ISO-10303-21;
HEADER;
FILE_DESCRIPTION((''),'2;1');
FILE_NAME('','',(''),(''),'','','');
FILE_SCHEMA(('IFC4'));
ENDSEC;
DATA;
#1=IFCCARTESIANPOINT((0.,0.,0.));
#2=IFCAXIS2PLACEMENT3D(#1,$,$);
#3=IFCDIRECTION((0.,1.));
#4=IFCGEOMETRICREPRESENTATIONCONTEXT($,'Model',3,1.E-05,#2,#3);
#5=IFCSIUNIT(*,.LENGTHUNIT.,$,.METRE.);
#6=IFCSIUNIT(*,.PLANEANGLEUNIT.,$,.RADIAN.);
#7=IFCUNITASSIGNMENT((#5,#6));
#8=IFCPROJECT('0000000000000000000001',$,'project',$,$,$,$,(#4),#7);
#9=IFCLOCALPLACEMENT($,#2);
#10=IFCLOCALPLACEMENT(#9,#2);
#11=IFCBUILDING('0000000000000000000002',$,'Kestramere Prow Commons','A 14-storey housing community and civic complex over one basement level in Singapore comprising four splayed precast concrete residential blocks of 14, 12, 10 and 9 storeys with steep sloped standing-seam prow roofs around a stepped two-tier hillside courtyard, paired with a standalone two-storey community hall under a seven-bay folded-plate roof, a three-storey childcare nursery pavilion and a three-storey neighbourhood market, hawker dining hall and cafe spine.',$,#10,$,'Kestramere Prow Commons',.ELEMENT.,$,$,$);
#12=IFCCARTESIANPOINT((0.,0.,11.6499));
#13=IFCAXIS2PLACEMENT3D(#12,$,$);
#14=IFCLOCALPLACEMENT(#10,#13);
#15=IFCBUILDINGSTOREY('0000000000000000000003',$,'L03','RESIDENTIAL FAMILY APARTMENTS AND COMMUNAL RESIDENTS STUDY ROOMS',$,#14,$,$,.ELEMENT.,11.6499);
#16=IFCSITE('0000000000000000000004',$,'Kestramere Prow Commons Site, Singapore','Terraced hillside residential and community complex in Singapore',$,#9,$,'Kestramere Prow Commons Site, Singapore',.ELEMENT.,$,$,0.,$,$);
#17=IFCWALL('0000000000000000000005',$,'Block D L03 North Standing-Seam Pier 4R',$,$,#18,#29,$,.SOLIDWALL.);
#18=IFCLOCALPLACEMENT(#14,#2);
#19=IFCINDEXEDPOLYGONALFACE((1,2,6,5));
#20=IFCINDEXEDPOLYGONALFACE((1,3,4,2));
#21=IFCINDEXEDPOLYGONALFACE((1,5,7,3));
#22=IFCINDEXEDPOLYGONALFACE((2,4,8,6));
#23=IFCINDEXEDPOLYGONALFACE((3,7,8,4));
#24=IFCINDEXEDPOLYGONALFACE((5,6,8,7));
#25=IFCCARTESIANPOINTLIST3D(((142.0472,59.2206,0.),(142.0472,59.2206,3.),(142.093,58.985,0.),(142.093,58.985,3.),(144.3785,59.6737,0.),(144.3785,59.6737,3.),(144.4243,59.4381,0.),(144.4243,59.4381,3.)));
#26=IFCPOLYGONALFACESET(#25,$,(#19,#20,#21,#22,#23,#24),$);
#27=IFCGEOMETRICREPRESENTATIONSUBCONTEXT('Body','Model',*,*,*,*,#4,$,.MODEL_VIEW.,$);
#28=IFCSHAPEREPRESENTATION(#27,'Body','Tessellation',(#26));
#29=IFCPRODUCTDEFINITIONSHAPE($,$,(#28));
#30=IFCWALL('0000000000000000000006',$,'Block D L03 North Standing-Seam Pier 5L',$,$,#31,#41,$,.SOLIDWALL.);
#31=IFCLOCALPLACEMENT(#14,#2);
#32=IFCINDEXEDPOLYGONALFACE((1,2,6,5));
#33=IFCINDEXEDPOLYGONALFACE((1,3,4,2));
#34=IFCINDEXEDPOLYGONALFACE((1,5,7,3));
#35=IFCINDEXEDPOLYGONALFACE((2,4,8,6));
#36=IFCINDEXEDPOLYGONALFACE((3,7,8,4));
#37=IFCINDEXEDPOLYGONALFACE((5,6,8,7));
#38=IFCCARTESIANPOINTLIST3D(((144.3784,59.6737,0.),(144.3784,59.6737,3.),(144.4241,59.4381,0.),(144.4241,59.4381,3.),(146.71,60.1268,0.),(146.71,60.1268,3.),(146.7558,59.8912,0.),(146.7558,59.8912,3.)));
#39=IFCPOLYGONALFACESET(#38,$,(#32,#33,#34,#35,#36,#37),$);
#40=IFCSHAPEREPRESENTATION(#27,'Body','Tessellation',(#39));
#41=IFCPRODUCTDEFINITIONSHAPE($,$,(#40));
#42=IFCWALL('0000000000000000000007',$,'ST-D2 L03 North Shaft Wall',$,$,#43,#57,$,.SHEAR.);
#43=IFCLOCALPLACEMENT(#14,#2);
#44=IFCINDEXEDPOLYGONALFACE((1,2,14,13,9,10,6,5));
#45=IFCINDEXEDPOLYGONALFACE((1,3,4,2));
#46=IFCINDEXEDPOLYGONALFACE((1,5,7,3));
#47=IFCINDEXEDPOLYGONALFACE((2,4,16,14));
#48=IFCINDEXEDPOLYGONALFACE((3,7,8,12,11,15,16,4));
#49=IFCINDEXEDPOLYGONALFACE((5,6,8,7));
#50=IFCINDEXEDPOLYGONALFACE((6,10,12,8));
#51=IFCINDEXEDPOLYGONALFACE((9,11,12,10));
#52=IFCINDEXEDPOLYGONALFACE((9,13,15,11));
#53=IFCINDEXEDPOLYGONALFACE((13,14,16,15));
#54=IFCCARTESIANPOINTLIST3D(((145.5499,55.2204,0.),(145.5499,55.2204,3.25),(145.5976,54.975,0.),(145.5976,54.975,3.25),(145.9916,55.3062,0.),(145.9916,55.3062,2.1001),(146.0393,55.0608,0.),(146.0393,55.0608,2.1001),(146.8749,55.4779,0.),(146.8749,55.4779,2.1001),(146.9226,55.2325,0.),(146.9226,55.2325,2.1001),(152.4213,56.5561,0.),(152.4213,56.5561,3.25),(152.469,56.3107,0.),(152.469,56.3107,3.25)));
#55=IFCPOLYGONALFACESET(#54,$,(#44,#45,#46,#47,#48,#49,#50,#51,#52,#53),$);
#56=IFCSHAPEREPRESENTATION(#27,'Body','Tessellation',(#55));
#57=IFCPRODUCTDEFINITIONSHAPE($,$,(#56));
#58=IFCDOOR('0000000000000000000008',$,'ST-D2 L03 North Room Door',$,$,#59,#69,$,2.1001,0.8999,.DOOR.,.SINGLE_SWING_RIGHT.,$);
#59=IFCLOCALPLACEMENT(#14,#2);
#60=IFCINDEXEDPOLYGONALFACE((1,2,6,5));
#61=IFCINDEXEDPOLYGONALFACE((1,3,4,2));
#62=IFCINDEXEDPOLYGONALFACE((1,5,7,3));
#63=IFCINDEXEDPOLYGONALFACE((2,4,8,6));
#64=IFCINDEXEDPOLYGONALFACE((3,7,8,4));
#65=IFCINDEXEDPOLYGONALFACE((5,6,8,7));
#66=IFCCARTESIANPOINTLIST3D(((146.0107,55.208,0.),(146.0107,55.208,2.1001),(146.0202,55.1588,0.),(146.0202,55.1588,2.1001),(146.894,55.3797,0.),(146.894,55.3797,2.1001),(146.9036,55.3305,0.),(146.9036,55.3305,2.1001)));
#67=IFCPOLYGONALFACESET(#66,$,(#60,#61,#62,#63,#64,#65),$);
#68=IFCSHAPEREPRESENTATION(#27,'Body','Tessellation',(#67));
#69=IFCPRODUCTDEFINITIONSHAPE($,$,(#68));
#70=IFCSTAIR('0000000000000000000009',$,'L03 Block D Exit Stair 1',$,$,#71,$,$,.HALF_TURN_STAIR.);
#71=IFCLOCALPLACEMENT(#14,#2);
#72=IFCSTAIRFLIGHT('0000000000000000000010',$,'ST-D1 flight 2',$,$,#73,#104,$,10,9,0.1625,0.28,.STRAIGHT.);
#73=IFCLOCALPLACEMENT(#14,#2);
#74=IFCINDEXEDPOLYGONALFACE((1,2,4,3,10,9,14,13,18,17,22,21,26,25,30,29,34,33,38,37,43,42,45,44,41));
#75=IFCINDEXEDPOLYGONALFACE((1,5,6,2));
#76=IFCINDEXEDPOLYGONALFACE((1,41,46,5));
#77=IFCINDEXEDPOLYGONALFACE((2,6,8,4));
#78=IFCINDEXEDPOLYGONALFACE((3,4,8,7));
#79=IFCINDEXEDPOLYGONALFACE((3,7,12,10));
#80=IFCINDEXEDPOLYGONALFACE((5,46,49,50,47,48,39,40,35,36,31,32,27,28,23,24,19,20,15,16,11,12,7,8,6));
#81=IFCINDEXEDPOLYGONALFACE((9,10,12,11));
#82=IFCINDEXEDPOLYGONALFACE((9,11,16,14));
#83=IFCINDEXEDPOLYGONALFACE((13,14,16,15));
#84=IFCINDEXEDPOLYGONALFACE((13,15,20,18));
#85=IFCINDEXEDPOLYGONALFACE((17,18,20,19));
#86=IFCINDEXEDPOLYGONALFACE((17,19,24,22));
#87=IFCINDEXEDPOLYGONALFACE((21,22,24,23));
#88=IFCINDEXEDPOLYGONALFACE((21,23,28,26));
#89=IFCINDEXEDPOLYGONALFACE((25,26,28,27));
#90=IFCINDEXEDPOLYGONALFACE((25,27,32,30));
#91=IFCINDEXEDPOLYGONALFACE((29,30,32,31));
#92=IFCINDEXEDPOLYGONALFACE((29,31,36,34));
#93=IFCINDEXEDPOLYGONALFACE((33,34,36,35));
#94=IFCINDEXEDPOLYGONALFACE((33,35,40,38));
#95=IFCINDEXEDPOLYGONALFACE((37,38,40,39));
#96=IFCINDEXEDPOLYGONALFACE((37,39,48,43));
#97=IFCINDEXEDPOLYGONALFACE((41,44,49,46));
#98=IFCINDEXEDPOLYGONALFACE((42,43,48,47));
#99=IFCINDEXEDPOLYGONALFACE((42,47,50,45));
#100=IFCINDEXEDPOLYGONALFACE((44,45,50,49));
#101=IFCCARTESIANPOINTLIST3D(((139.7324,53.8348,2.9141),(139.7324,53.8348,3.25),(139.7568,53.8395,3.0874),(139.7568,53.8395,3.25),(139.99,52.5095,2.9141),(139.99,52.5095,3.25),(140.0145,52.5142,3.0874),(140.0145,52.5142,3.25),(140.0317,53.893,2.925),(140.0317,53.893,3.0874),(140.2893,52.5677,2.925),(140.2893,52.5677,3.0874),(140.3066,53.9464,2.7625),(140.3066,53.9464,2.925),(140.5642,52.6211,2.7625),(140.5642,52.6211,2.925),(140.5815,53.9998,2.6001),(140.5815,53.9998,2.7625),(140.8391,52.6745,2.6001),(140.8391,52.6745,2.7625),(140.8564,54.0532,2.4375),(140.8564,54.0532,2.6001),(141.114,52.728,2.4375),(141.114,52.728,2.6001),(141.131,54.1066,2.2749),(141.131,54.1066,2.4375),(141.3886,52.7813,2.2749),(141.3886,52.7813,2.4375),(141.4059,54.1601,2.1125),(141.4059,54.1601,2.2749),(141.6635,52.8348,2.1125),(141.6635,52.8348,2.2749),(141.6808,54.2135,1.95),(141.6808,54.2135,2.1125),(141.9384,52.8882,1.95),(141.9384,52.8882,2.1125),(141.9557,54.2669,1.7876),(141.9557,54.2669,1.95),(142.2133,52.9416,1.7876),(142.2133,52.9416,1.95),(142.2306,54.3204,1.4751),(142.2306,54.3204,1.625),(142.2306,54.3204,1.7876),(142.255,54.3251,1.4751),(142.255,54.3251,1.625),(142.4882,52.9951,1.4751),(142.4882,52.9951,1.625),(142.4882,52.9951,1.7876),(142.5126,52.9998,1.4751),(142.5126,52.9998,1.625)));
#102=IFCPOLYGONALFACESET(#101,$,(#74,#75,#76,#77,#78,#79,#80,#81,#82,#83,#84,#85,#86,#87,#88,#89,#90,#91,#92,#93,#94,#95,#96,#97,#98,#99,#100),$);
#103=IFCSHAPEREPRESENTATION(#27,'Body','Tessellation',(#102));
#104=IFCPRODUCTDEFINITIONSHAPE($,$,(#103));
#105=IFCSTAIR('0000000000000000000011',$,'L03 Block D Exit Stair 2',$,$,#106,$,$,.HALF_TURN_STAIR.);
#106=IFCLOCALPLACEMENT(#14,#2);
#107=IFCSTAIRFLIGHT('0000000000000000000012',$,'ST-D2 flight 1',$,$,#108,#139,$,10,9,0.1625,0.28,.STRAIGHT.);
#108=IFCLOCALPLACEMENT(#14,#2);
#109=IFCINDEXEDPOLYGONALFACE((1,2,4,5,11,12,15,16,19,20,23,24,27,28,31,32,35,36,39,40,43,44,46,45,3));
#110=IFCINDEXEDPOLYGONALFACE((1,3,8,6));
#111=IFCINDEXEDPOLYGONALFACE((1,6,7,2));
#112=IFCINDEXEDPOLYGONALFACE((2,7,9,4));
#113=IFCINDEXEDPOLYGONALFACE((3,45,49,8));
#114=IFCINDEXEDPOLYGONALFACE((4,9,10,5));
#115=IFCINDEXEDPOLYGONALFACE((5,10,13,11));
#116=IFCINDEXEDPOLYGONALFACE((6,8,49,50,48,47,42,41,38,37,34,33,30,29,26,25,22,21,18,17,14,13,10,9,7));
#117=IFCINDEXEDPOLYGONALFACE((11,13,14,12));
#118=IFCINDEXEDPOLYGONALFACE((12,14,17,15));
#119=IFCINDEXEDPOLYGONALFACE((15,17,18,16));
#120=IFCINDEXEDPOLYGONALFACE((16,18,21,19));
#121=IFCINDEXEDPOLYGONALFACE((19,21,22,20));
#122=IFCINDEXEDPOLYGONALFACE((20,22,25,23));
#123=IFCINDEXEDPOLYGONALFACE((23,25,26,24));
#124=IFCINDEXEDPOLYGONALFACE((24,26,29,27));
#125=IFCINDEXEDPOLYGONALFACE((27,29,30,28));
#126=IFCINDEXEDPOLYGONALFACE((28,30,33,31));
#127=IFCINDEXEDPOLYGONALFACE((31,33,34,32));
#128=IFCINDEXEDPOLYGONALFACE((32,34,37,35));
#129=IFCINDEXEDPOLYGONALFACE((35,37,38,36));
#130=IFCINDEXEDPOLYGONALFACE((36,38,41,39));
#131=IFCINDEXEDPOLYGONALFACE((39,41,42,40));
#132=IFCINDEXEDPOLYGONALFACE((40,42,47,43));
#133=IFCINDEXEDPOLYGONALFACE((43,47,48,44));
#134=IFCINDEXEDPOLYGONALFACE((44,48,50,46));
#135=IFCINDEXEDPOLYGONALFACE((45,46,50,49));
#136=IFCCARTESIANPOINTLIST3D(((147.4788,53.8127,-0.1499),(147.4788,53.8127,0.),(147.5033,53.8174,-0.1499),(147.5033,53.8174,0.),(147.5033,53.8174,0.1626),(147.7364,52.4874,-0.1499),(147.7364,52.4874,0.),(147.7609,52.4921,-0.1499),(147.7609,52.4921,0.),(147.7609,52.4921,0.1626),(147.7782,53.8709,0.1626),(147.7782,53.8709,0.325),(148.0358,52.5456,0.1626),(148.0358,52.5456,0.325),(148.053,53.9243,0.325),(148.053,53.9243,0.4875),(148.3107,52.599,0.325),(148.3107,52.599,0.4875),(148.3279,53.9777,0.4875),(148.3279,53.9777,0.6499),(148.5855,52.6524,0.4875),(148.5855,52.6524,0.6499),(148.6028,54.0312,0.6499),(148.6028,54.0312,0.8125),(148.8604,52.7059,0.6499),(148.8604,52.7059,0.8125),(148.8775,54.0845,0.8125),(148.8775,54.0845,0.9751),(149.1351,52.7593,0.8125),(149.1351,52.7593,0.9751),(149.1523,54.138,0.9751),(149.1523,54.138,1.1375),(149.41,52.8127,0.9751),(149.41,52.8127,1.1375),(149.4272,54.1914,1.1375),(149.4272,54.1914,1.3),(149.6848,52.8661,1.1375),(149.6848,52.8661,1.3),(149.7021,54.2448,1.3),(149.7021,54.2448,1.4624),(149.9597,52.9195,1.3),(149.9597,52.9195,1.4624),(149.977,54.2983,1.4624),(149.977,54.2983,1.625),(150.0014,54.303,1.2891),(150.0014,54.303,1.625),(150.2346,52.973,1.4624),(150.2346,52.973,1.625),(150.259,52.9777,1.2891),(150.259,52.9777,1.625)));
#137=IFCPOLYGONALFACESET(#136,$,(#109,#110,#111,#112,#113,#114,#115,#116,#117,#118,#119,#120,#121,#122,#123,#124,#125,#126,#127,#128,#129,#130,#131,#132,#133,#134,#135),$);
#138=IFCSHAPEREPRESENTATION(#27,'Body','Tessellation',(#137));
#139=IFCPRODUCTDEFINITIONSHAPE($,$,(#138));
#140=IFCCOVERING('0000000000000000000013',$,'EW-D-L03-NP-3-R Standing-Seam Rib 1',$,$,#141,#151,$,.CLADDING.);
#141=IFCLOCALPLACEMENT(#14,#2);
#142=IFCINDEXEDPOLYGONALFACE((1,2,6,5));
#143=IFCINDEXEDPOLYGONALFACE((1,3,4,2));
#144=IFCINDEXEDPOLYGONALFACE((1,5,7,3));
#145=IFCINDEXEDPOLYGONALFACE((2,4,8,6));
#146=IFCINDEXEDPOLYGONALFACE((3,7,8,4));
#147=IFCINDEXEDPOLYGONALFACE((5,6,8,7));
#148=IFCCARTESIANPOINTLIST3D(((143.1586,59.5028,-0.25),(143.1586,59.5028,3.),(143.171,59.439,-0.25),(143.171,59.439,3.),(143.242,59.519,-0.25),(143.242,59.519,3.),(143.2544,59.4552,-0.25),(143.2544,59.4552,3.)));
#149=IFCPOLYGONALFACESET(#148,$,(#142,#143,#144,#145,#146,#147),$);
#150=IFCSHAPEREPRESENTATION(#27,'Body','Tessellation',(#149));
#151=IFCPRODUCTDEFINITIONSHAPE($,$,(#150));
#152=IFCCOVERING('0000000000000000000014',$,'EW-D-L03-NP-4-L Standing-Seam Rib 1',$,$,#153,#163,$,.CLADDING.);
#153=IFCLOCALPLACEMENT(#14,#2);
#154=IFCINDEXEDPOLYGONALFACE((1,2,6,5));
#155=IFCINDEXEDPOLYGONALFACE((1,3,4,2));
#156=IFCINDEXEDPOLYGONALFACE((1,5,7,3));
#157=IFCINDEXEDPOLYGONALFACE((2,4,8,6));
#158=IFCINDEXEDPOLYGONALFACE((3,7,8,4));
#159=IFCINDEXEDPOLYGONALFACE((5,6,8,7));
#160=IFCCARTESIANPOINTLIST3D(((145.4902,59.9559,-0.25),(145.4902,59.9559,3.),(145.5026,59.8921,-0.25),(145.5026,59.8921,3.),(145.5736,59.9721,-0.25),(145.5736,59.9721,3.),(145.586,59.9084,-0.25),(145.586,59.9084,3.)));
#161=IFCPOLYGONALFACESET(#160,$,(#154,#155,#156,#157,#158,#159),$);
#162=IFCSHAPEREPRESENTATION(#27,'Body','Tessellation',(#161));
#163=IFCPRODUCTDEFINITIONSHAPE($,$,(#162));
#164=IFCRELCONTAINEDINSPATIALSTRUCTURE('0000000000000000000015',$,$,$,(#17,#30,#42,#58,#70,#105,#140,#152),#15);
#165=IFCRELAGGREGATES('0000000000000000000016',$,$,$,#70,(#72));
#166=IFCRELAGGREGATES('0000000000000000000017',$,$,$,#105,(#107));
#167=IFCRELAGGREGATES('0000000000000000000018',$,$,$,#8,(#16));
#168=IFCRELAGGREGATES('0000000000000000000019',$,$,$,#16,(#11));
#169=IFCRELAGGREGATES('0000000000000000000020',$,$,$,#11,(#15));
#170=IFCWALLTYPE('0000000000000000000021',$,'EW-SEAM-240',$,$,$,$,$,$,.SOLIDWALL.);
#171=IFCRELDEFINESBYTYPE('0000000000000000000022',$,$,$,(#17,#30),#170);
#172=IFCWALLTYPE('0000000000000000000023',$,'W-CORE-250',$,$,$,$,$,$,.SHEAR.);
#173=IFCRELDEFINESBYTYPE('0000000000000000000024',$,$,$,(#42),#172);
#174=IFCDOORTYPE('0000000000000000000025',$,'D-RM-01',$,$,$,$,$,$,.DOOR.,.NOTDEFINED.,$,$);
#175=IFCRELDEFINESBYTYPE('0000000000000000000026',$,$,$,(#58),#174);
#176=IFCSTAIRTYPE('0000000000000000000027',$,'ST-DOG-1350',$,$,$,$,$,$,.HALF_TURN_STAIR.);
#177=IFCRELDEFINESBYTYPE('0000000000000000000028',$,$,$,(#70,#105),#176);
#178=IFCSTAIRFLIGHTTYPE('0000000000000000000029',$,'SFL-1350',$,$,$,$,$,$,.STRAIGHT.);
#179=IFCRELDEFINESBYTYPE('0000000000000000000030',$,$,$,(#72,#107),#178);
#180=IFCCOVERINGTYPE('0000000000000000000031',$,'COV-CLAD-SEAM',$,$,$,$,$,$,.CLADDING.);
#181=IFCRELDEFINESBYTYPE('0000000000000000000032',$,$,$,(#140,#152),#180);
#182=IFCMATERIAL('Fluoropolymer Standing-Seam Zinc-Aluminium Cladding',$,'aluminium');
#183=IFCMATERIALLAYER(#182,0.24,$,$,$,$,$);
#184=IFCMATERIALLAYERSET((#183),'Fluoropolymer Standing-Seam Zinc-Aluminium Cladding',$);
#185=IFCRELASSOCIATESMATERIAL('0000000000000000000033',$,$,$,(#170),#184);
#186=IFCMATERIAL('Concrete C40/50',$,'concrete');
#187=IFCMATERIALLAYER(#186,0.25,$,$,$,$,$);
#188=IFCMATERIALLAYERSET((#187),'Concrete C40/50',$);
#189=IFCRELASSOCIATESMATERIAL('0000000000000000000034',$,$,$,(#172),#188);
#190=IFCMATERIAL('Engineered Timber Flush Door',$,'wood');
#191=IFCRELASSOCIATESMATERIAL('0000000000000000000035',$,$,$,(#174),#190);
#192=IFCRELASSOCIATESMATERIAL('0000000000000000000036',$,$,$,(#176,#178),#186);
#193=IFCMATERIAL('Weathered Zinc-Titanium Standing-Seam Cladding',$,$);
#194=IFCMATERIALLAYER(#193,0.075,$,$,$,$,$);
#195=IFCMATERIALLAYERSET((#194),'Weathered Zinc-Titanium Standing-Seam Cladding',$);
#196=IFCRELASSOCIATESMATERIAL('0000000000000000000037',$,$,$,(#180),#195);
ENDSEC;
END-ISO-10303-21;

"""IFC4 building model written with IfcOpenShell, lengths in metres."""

from ifc_helpers import new_model, si_unit, direction, frame, frame_2d, origin, origin_2d, place, context, subcontext, project, spatial, polyline, rectangle, outline, extrude, material, layer, layer_set, type_object, element, fill, aggregate, save


model = new_model("IFC4")

# Units and contexts
model_context = context("Model", 3, precision=1e-05, world=origin(), true_north=direction((0.0, 1.0)))
body_context = subcontext(model_context, "Body", "Model", "MODEL_VIEW")
ifc_project = project(units=[si_unit("LENGTHUNIT", "METRE"), si_unit("PLANEANGLEUNIT", "RADIAN")], contexts=[model_context])

# Site, building, storey
site_placement = place(None, origin())
site = spatial("IfcSite", under=ifc_project, at=site_placement, Name="Kestramere Prow Commons Site, Singapore", Description="Terraced hillside residential and community complex in Singapore", LongName="Kestramere Prow Commons Site, Singapore", CompositionType="ELEMENT", RefElevation=0.0)
building_placement = place(site_placement, origin())
building = spatial("IfcBuilding", under=site, at=building_placement, Name="Kestramere Prow Commons", Description="A 14-storey housing community and civic complex over one basement level in Singapore comprising four splayed precast concrete residential blocks of 14, 12, 10 and 9 storeys with steep sloped standing-seam prow roofs around a stepped two-tier hillside courtyard, paired with a standalone two-storey community hall under a seven-bay folded-plate roof, a three-storey childcare nursery pavilion and a three-storey neighbourhood market, hawker dining hall and cafe spine.", LongName="Kestramere Prow Commons", CompositionType="ELEMENT")
storey_placement = place(building_placement, frame((0.0, 0.0, 11.6499)))
storey = spatial("IfcBuildingStorey", under=building, at=storey_placement, Name="L03", Description="RESIDENTIAL FAMILY APARTMENTS AND COMMUNAL RESIDENTS STUDY ROOMS", CompositionType="ELEMENT", Elevation=11.6499)

# Walls
ifc_material_1 = material(Name="Fluoropolymer Standing-Seam Zinc-Aluminium Cladding", Category="aluminium")
ifc_layer_1 = layer(ifc_material_1, 0.24)
ifc_layer_set_1 = layer_set([ifc_layer_1], Name="Fluoropolymer Standing-Seam Zinc-Aluminium Cladding")
wall_type_1 = type_object("IfcWallType", Name="EW-SEAM-240", PredefinedType="SOLIDWALL", material=ifc_layer_set_1)
wall_1_placement = place(storey_placement, frame((142.0701, 59.1028, 0.0), z_axis=(0.0, 0.0, 1.0), x_axis=(0.98163, 0.190795, 0.0)))
element("IfcWall", 1, at=wall_1_placement, inside=storey, type_object=wall_type_1, Name="Block D L03 North Standing-Seam Pier 4R", PredefinedType="SOLIDWALL", context=body_context, shape_type="SweptSolid", body=[
    extrude(rectangle(XDim=2.375, YDim=0.24, at=frame_2d((1.1875, 0.0))), origin(), (0.0, 0.0, 1.0), 3.0),
])
wall_2_placement = place(storey_placement, frame((144.4014, 59.5559, 0.0), z_axis=(0.0, 0.0, 1.0), x_axis=(0.981634, 0.190776, 0.0)))
element("IfcWall", 2, at=wall_2_placement, inside=storey, type_object=wall_type_1, Name="Block D L03 North Standing-Seam Pier 5L", PredefinedType="SOLIDWALL", context=body_context, shape_type="SweptSolid", body=[
    extrude(rectangle(XDim=2.3752, YDim=0.24, at=frame_2d((1.1875, 0.0))), origin(), (0.0, 0.0, 1.0), 3.0),
])

# Wall, opening, door
ifc_material_2 = material(Name="Concrete C40/50", Category="concrete")
ifc_layer_2 = layer(ifc_material_2, 0.25)
ifc_layer_set_2 = layer_set([ifc_layer_2], Name="Concrete C40/50")
wall_type_2 = type_object("IfcWallType", Name="W-CORE-250", PredefinedType="SHEAR", material=ifc_layer_set_2)
wall_3_placement = place(storey_placement, frame((145.5737, 55.0977, 0.0), z_axis=(0.0, 0.0, 1.0), x_axis=(0.981626, 0.190815, 0.0)))
wall_3 = element("IfcWall", 3, at=wall_3_placement, inside=storey, type_object=wall_type_2, Name="ST-D2 L03 North Shaft Wall", PredefinedType="SHEAR", context=body_context, shape_type="SweptSolid", body=[
    extrude(rectangle(XDim=7.0, YDim=0.25, at=frame_2d((3.5, 0.0))), origin(), (0.0, 0.0, 1.0), 3.25),
])
opening_placement = place(wall_3_placement, frame((0.45, 0.0, 0.0)))
opening = element("IfcOpeningElement", 4, at=opening_placement, cuts=wall_3, PredefinedType="OPENING", context=body_context, shape_type="SweptSolid", body=[
    extrude(rectangle(XDim=0.8999, YDim=2.1001, at=frame_2d((0.45, 1.05))), frame((0.0, 0.1399, 0.0), z_axis=(0.0, -1.0, 0.0), x_axis=(1.0, 0.0, 0.0)), (0.0, 0.0, 1.0), 0.28),
])
ifc_material_3 = material(Name="Engineered Timber Flush Door", Category="wood")
door_type = type_object("IfcDoorType", Name="D-RM-01", OperationType="NOTDEFINED", PredefinedType="DOOR", material=ifc_material_3)
door_placement = place(opening_placement, origin())
door = element("IfcDoor", 5, at=door_placement, inside=storey, type_object=door_type, Name="ST-D2 L03 North Room Door", OperationType="SINGLE_SWING_RIGHT", OverallHeight=2.1001, OverallWidth=0.8999, PredefinedType="DOOR", context=body_context, shape_type="SweptSolid", body=[
    extrude(rectangle(XDim=0.8999, YDim=2.1001, at=frame_2d((0.45, 1.05))), frame((0.0, 0.0249, 0.0), z_axis=(0.0, -1.0, 0.0), x_axis=(1.0, 0.0, 0.0)), (0.0, 0.0, 1.0), 0.05),
])
fill(opening, door)

# Stairs, stair flights
stair_type = type_object("IfcStairType", Name="ST-DOG-1350", PredefinedType="HALF_TURN_STAIR", material=ifc_material_2)
stair_1_placement = place(storey_placement, origin())
stair_1 = element("IfcStair", 6, at=stair_1_placement, inside=storey, type_object=stair_type, Name="L03 Block D Exit Stair 1", PredefinedType="HALF_TURN_STAIR")
stair_flight_type = type_object("IfcStairFlightType", Name="SFL-1350", PredefinedType="STRAIGHT", material=ifc_material_2)
stair_flight_1_placement = place(storey_placement, frame((142.3594, 53.6577, 1.625), z_axis=(0.0, 0.0, 1.0), x_axis=(-0.981627, -0.190809, 0.0)))
stair_flight_1 = element("IfcStairFlight", 7, at=stair_flight_1_placement, type_object=stair_flight_type, Name="ST-D1 flight 2", NumberOfRisers=10, NumberOfTreads=9, PredefinedType="STRAIGHT", RiserHeight=0.1625, TreadLength=0.28, context=body_context, shape_type="SweptSolid", body=[
    extrude(outline(polyline([(-0.0249, 0.0), (0.0, 0.0), (0.0, 0.1626), (0.28, 0.1626), (0.28, 0.325), (0.5601, 0.325), (0.5601, 0.4875), (0.8401, 0.4875), (0.8401, 0.6499), (1.1201, 0.6499), (1.1201, 0.8125), (1.3999, 0.8125), (1.3999, 0.9751), (1.6799, 0.9751), (1.6799, 1.1375), (1.96, 1.1375), (1.96, 1.3), (2.24, 1.3), (2.24, 1.4624), (2.52, 1.4624), (2.52, 1.625), (2.5449, 1.625), (2.5449, 1.2891), (0.0, -0.1499), (-0.0249, -0.1499), (-0.0249, 0.0)])), frame((0.0, 0.675, 0.0), z_axis=(0.0, -1.0, 0.0), x_axis=(1.0, 0.0, 0.0)), (0.0, 0.0, 1.0), 1.3501),
])
aggregate(stair_1, [stair_flight_1])
stair_2_placement = place(storey_placement, origin())
stair_2 = element("IfcStair", 8, at=stair_2_placement, inside=storey, type_object=stair_type, Name="L03 Block D Exit Stair 2", PredefinedType="HALF_TURN_STAIR")
stair_flight_2_placement = place(storey_placement, frame((147.6321, 53.1548, 0.0), z_axis=(0.0, 0.0, 1.0), x_axis=(0.981627, 0.190809, 0.0)))
stair_flight_2 = element("IfcStairFlight", 9, at=stair_flight_2_placement, type_object=stair_flight_type, Name="ST-D2 flight 1", NumberOfRisers=10, NumberOfTreads=9, PredefinedType="STRAIGHT", RiserHeight=0.1625, TreadLength=0.28, context=body_context, shape_type="SweptSolid", body=[
    extrude(outline(polyline([(-0.0249, 0.0), (0.0, 0.0), (0.0, 0.1626), (0.28, 0.1626), (0.28, 0.325), (0.5601, 0.325), (0.5601, 0.4875), (0.8401, 0.4875), (0.8401, 0.6499), (1.1201, 0.6499), (1.1201, 0.8125), (1.3999, 0.8125), (1.3999, 0.9751), (1.6799, 0.9751), (1.6799, 1.1375), (1.96, 1.1375), (1.96, 1.3), (2.24, 1.3), (2.24, 1.4624), (2.52, 1.4624), (2.52, 1.625), (2.5449, 1.625), (2.5449, 1.2891), (0.0, -0.1499), (-0.0249, -0.1499), (-0.0249, 0.0)])), frame((0.0, 0.675, 0.0), z_axis=(0.0, -1.0, 0.0), x_axis=(1.0, 0.0, 0.0)), (0.0, 0.0, 1.0), 1.3501),
])
aggregate(stair_2, [stair_flight_2])

# Coverings
ifc_material_4 = material(Name="Weathered Zinc-Titanium Standing-Seam Cladding")
ifc_layer_3 = layer(ifc_material_4, 0.075)
ifc_layer_set_3 = layer_set([ifc_layer_3], Name="Weathered Zinc-Titanium Standing-Seam Cladding")
covering_type = type_object("IfcCoveringType", Name="COV-CLAD-SEAM", PredefinedType="CLADDING", material=ifc_layer_set_3)
for number, where, z_axis, x_axis, name in (
    (10, (143.2065, 59.479, -0.25), (0.0, 0.0, 1.0), (0.981627, 0.190809, 0.0), "EW-D-L03-NP-3-R Standing-Seam Rib 1"),
    (11, (145.5381, 59.9321, -0.25), (0.0, 0.0, 1.0), (0.981627, 0.190809, 0.0), "EW-D-L03-NP-4-L Standing-Seam Rib 1"),
):
    element("IfcCovering", number, at=place(storey_placement, frame(where, z_axis=z_axis, x_axis=x_axis)), inside=storey, type_object=covering_type, Name=name, PredefinedType="CLADDING", context=body_context, shape_type="SweptSolid", body=[
        extrude(rectangle(XDim=0.085, YDim=0.0649, at=origin_2d()), origin(), (0.0, 0.0, 1.0), 3.25),
    ])

save(model, "model.ifc")
